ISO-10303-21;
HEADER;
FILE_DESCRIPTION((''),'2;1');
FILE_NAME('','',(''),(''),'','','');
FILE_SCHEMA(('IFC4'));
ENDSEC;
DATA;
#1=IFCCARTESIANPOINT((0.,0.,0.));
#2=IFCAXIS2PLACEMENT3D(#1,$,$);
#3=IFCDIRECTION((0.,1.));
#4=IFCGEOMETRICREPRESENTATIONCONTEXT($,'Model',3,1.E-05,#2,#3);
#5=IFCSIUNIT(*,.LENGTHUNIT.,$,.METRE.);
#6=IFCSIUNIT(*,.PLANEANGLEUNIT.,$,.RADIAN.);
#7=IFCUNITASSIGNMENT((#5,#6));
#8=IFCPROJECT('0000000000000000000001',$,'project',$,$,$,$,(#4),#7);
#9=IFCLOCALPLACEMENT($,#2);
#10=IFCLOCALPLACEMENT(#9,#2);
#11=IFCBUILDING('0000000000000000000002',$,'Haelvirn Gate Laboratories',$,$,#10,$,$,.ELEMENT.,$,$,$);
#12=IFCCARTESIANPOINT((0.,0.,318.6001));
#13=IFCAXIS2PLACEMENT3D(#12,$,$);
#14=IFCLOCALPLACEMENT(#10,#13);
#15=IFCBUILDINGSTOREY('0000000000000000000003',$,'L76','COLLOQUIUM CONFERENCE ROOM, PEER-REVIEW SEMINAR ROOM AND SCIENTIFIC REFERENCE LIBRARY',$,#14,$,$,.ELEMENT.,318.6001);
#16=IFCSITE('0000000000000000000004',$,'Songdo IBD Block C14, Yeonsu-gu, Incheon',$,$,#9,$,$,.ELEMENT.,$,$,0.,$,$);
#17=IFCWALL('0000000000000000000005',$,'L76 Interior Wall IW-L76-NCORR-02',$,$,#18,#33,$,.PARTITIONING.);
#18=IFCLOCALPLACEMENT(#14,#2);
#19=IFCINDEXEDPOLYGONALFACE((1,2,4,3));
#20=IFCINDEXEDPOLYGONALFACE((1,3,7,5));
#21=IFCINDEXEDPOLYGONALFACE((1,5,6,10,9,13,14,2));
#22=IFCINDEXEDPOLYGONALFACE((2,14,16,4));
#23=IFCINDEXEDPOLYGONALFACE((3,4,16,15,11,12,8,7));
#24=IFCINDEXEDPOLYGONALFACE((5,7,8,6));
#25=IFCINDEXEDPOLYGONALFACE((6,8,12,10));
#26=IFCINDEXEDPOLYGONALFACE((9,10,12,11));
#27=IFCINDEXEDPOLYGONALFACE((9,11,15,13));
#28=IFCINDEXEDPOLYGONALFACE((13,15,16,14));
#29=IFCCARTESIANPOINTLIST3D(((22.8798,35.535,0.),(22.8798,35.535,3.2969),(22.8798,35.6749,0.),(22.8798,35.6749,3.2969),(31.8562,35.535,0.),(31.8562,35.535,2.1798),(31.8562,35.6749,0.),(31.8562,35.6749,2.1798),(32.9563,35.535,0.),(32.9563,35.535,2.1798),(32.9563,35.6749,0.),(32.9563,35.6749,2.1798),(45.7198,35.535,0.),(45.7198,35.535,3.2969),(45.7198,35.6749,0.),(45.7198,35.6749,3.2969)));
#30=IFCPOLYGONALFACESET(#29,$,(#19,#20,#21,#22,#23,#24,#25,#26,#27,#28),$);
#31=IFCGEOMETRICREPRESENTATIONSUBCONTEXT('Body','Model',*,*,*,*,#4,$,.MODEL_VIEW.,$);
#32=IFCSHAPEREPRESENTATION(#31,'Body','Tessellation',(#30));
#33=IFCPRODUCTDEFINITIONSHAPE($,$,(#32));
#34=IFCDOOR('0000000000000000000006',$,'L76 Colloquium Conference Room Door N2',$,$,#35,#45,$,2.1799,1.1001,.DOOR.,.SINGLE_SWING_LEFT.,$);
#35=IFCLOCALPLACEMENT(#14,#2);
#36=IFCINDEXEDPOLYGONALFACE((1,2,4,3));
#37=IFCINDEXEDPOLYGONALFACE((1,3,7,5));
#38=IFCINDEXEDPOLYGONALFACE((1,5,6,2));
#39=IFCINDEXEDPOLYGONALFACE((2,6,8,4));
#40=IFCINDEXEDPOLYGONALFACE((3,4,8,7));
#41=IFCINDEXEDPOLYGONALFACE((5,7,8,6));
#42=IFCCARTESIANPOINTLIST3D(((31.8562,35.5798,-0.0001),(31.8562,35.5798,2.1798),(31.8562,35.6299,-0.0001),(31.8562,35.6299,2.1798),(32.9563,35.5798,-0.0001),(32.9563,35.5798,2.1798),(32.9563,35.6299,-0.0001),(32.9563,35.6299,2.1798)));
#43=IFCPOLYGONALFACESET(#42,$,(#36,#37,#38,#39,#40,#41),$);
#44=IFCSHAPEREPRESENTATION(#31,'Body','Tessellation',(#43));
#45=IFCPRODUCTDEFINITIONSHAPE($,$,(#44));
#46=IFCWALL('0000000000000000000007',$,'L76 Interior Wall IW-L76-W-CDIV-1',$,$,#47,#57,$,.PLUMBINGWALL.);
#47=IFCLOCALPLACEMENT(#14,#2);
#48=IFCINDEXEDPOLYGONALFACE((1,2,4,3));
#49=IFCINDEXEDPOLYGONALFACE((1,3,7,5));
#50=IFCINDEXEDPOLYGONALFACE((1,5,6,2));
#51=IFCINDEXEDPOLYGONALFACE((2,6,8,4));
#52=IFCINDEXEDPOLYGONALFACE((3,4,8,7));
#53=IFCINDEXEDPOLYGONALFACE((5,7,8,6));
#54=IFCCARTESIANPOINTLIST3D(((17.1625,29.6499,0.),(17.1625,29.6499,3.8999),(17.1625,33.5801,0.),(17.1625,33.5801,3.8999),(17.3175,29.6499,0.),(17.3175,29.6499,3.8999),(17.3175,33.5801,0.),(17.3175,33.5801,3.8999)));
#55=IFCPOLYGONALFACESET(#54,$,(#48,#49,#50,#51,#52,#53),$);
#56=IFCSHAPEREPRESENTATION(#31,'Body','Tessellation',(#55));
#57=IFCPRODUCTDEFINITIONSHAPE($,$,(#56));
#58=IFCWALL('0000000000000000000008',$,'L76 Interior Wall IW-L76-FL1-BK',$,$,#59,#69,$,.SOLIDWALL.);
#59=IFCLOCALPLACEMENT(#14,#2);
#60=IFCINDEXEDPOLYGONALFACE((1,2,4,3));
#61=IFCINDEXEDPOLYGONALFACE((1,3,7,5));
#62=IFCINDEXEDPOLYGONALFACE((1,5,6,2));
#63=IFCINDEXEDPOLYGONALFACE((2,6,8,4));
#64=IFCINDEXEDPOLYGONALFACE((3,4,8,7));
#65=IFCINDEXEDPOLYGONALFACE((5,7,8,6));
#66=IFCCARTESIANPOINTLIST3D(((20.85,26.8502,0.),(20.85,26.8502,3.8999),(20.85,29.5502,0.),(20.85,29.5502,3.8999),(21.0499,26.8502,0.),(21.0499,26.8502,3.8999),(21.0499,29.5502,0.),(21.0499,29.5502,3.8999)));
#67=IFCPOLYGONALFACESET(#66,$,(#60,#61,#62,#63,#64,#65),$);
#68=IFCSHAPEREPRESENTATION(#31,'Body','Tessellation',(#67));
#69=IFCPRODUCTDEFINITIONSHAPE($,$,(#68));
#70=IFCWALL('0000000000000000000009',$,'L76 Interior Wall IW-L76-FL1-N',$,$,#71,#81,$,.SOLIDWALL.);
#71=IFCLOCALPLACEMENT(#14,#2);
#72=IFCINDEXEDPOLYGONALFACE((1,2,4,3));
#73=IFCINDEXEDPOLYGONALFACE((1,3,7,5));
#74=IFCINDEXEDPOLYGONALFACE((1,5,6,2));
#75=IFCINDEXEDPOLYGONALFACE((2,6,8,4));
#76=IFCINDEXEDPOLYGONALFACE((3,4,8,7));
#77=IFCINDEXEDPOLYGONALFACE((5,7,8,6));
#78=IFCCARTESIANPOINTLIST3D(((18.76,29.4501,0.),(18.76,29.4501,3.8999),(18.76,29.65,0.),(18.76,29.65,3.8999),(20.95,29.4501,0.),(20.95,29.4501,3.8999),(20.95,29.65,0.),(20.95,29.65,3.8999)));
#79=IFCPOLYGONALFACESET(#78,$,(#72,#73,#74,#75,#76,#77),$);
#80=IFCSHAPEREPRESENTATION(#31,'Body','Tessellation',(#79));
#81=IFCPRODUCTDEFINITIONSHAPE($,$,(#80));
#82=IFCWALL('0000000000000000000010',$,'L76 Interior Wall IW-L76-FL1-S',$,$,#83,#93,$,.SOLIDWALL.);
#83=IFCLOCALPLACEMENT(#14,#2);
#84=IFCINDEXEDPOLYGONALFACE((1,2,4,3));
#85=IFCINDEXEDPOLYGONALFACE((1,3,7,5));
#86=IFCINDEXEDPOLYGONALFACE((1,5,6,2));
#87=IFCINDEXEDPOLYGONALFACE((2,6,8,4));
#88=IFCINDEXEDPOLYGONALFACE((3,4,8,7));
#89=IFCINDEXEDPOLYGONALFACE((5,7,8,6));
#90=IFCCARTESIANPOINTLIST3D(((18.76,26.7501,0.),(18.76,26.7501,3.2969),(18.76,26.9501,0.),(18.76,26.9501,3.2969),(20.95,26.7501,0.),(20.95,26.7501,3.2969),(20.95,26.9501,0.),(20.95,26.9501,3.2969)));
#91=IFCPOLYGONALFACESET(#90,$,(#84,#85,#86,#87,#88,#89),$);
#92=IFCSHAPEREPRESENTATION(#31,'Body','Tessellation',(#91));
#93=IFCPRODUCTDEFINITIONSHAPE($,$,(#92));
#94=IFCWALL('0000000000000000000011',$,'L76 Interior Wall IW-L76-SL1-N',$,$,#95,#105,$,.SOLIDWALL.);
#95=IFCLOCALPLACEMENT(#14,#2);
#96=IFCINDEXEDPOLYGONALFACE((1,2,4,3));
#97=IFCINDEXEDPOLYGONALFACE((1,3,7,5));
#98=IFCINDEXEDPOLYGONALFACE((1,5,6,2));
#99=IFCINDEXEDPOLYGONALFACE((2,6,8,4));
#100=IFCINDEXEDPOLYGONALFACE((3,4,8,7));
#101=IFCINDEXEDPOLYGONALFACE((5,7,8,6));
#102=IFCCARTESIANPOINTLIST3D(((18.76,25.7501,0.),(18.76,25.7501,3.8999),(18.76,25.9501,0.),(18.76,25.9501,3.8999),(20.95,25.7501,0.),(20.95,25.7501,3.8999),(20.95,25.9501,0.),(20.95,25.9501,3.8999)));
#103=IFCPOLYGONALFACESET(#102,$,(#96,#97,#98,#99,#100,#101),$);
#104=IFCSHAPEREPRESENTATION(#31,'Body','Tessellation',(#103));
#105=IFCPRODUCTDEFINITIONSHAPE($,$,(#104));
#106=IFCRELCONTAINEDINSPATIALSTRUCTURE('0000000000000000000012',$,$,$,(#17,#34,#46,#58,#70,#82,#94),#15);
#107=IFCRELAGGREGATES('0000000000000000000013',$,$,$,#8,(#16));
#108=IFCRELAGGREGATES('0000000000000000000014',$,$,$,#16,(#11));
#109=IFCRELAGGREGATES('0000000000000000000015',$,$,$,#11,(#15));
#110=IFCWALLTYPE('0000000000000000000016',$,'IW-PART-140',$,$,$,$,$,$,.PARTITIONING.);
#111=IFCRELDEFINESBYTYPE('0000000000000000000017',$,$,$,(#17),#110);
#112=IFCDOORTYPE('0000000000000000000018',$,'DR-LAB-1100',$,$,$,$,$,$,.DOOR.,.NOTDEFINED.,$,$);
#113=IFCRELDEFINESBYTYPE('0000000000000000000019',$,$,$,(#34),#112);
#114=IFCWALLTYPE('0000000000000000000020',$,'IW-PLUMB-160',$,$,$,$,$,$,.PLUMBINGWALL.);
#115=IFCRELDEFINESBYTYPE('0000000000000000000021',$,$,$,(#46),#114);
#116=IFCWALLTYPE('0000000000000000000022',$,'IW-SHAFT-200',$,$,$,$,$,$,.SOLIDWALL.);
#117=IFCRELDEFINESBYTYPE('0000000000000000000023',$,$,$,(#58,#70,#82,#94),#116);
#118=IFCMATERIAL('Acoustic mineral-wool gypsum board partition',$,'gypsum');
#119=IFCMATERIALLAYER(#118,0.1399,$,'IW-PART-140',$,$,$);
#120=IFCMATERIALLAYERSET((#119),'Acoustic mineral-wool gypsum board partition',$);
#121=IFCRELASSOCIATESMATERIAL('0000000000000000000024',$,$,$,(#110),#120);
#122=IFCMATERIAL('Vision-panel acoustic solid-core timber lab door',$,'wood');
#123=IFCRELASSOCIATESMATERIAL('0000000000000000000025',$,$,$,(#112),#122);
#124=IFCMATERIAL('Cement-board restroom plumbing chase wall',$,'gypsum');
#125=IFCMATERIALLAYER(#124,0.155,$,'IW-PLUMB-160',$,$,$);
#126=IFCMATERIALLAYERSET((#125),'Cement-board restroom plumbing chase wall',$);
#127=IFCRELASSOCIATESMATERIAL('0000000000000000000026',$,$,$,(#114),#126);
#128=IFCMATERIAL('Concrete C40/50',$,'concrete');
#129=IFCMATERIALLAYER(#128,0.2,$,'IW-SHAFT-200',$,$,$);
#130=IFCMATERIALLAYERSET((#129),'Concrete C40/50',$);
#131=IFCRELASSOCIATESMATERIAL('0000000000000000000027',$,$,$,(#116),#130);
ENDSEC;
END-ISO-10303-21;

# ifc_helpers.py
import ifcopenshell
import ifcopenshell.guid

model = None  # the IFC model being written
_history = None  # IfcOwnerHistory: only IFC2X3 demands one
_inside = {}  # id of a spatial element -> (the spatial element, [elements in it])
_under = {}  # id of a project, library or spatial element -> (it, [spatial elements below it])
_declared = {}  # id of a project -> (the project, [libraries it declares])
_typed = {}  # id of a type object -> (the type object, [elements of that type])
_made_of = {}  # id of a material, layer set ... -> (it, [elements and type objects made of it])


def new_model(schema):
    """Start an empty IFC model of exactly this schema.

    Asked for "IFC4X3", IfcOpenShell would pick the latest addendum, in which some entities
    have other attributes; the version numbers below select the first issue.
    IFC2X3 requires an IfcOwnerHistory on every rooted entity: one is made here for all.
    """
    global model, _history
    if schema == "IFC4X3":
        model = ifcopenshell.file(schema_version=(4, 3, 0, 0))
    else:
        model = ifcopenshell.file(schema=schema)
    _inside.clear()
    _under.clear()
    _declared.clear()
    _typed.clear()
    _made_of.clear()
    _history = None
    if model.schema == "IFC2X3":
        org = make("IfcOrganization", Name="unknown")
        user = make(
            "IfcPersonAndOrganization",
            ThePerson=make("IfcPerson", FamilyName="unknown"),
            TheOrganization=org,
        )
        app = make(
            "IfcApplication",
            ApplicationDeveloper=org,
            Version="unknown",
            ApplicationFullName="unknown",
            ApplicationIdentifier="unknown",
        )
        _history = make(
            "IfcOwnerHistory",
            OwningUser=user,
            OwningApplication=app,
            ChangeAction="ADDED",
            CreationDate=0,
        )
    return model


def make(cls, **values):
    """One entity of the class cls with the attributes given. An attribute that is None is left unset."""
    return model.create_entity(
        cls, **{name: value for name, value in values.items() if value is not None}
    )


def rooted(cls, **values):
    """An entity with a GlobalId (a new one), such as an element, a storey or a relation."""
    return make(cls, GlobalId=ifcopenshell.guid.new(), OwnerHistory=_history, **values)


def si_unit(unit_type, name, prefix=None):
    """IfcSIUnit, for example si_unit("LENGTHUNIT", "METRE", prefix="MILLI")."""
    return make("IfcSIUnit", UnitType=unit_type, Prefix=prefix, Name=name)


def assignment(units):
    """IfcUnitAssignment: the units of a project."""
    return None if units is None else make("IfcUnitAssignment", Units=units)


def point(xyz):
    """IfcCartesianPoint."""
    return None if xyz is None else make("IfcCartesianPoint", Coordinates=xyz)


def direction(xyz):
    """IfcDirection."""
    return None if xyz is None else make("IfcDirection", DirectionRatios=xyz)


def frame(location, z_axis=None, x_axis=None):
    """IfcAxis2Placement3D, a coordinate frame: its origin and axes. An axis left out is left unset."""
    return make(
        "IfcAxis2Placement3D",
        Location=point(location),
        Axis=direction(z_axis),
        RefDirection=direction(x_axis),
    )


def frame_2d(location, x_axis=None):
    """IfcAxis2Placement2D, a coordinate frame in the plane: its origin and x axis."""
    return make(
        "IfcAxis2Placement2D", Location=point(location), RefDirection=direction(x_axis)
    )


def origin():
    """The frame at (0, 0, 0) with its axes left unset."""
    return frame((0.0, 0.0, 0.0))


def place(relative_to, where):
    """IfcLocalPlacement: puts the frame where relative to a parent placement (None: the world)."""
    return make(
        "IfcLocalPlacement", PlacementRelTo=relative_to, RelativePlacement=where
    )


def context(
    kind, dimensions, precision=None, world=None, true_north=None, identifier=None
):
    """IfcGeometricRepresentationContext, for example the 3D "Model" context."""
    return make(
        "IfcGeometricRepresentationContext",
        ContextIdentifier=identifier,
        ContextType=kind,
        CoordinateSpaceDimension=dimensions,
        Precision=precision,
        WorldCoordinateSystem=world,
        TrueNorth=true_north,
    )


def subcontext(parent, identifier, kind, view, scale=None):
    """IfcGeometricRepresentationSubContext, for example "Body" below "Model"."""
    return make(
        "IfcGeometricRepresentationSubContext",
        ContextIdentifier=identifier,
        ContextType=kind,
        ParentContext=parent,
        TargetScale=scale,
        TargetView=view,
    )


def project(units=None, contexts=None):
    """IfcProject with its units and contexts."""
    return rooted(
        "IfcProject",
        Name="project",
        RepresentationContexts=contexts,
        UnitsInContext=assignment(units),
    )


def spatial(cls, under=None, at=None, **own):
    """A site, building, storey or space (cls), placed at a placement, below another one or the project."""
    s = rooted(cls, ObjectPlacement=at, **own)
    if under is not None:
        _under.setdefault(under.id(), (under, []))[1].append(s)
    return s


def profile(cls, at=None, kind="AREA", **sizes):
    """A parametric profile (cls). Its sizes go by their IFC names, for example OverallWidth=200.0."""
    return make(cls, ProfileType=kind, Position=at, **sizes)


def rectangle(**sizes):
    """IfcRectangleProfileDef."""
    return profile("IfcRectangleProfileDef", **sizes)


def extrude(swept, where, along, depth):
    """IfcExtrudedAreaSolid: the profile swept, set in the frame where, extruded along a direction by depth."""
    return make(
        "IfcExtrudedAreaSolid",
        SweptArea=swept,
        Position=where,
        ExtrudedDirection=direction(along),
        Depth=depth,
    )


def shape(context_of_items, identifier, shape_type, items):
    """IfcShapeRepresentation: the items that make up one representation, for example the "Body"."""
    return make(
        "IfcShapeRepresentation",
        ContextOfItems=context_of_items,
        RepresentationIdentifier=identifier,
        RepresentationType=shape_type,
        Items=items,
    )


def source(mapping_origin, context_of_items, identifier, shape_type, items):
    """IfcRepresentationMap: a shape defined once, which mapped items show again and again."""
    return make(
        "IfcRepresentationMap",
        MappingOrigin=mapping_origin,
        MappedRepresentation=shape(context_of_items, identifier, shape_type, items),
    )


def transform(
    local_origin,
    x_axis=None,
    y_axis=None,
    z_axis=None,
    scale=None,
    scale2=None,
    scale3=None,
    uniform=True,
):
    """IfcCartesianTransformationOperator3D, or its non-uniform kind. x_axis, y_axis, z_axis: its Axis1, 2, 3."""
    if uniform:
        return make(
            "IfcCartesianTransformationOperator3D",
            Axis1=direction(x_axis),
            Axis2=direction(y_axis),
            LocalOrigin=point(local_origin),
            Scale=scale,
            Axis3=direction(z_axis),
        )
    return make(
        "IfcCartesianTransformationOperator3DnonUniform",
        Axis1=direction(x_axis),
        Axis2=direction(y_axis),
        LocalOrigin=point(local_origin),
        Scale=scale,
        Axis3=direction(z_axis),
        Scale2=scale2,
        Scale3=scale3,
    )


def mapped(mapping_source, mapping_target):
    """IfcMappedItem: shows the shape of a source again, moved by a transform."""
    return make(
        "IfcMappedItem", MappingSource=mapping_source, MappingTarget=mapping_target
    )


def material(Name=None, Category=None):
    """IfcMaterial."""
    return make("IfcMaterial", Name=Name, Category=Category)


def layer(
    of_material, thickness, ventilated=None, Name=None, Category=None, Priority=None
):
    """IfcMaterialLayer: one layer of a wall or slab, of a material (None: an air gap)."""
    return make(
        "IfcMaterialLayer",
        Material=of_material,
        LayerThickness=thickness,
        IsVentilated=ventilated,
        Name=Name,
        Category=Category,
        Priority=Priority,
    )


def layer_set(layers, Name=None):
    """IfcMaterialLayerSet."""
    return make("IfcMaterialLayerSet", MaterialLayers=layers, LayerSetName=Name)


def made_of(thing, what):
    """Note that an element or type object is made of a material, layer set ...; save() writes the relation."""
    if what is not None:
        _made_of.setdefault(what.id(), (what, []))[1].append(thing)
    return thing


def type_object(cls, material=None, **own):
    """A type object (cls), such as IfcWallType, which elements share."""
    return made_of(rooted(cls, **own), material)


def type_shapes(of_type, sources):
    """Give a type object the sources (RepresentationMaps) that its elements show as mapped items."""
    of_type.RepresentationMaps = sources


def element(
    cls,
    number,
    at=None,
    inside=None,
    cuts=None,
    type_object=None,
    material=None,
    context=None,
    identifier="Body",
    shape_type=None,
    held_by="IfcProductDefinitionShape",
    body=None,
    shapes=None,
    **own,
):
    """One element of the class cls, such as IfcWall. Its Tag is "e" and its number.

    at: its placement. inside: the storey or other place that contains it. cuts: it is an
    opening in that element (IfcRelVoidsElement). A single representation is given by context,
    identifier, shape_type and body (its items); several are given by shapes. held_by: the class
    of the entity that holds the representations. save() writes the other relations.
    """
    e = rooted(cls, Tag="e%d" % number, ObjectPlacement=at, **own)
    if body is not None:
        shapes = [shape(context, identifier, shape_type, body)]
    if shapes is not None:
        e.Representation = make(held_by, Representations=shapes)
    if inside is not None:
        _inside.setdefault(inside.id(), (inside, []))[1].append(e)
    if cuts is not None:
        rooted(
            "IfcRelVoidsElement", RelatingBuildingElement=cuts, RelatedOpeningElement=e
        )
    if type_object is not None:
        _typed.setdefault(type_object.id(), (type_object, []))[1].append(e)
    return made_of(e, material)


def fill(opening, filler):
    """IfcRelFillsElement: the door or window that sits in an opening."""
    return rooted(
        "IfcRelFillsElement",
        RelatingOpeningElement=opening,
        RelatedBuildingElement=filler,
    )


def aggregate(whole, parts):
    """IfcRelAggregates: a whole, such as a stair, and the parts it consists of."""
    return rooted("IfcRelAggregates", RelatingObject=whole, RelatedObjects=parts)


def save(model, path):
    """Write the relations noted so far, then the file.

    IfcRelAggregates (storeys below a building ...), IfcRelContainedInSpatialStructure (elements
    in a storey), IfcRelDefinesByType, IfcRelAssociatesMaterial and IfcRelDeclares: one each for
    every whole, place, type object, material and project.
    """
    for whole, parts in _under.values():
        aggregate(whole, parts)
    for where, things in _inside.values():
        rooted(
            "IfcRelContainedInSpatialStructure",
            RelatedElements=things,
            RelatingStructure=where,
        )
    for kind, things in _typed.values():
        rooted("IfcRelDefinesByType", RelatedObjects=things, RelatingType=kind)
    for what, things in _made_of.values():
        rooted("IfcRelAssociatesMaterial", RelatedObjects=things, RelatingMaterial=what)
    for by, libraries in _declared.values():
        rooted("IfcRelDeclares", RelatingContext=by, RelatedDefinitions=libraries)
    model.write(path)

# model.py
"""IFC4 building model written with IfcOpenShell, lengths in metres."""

from ifc_helpers import new_model, si_unit, direction, frame, frame_2d, origin, place, context, subcontext, project, spatial, rectangle, extrude, source, transform, mapped, material, layer, layer_set, type_object, type_shapes, element, fill, save


model = new_model("IFC4")

# Units and contexts
model_context = context("Model", 3, precision=1e-05, world=origin(), true_north=direction((0.0, 1.0)))
body_context = subcontext(model_context, "Body", "Model", "MODEL_VIEW")
ifc_project = project(units=[si_unit("LENGTHUNIT", "METRE"), si_unit("PLANEANGLEUNIT", "RADIAN")], contexts=[model_context])

# Site, building, storey
site_placement = place(None, origin())
site = spatial("IfcSite", under=ifc_project, at=site_placement, Name="Songdo IBD Block C14, Yeonsu-gu, Incheon", CompositionType="ELEMENT", RefElevation=0.0)
building_placement = place(site_placement, origin())
building = spatial("IfcBuilding", under=site, at=building_placement, Name="Haelvirn Gate Laboratories", CompositionType="ELEMENT")
storey_placement = place(building_placement, frame((0.0, 0.0, 318.6001)))
storey = spatial("IfcBuildingStorey", under=building, at=storey_placement, Name="L76", Description="COLLOQUIUM CONFERENCE ROOM, PEER-REVIEW SEMINAR ROOM AND SCIENTIFIC REFERENCE LIBRARY", CompositionType="ELEMENT", Elevation=318.6001)

# Wall, opening, door
ifc_material_1 = material(Name="Acoustic mineral-wool gypsum board partition", Category="gypsum")
ifc_layer_1 = layer(ifc_material_1, 0.1399, Name="IW-PART-140")
ifc_layer_set_1 = layer_set([ifc_layer_1], Name="Acoustic mineral-wool gypsum board partition")
wall_type_1 = type_object("IfcWallType", Name="IW-PART-140", PredefinedType="PARTITIONING", material=ifc_layer_set_1)
wall_1_placement = place(storey_placement, frame((22.8799, 35.605, 0.0), z_axis=(0.0, 0.0, 1.0), x_axis=(1.0, 0.0, 0.0)))
wall_1 = element("IfcWall", 1, at=wall_1_placement, inside=storey, type_object=wall_type_1, Name="L76 Interior Wall IW-L76-NCORR-02", PredefinedType="PARTITIONING", context=body_context, shape_type="SweptSolid", body=[
    extrude(rectangle(XDim=22.8401, YDim=0.1399, at=frame_2d((11.4199, 0.0))), origin(), (0.0, 0.0, 1.0), 3.2969),
])
opening_1_placement = place(wall_1_placement, frame((8.9763, 0.0, 0.0)))
opening_1 = element("IfcOpeningElement", 2, at=opening_1_placement, cuts=wall_1, PredefinedType="OPENING", context=body_context, shape_type="SweptSolid", body=[
    extrude(rectangle(XDim=1.1001, YDim=2.1799, at=frame_2d((0.55, 1.0898))), frame((0.0, 0.0801, 0.0), z_axis=(0.0, -1.0, 0.0), x_axis=(1.0, 0.0, 0.0)), (0.0, 0.0, 1.0), 0.1599),
])
ifc_material_2 = material(Name="Vision-panel acoustic solid-core timber lab door", Category="wood")
door_type_1 = type_object("IfcDoorType", Name="DR-LAB-1100", OperationType="NOTDEFINED", PredefinedType="DOOR", material=ifc_material_2)
shared_shape_1 = source(origin(), body_context, "Body", "SweptSolid", [
    extrude(rectangle(XDim=1.1001, YDim=2.1799, at=frame_2d((0.55, 1.0898))), frame((0.0, 0.0249, 0.0), z_axis=(0.0, -1.0, 0.0), x_axis=(1.0, 0.0, 0.0)), (0.0, 0.0, 1.0), 0.05),
])
type_shapes(door_type_1, [shared_shape_1])
door_1_placement = place(opening_1_placement, origin())
door_1 = element("IfcDoor", 3, at=door_1_placement, inside=storey, type_object=door_type_1, Name="L76 Colloquium Conference Room Door N2", OperationType="SINGLE_SWING_LEFT", OverallHeight=2.1799, OverallWidth=1.1001, PredefinedType="DOOR", context=body_context, shape_type="MappedRepresentation", body=[
    mapped(shared_shape_1, transform((0.0, 0.0, 0.0), scale=1.0)),
])
fill(opening_1, door_1)

# Walls
ifc_material_3 = material(Name="Cement-board restroom plumbing chase wall", Category="gypsum")
ifc_layer_2 = layer(ifc_material_3, 0.155, Name="IW-PLUMB-160")
ifc_layer_set_2 = layer_set([ifc_layer_2], Name="Cement-board restroom plumbing chase wall")
wall_type_2 = type_object("IfcWallType", Name="IW-PLUMB-160", PredefinedType="PLUMBINGWALL", material=ifc_layer_set_2)
wall_2_placement = place(storey_placement, frame((17.24, 29.6499, 0.0), z_axis=(0.0, 0.0, 1.0), x_axis=(0.0, 1.0, 0.0)))
element("IfcWall", 4, at=wall_2_placement, inside=storey, type_object=wall_type_2, Name="L76 Interior Wall IW-L76-W-CDIV-1", PredefinedType="PLUMBINGWALL", context=body_context, shape_type="SweptSolid", body=[
    extrude(rectangle(XDim=3.9302, YDim=0.155, at=frame_2d((1.9651, 0.0))), origin(), (0.0, 0.0, 1.0), 3.8999),
])
ifc_material_4 = material(Name="Concrete C40/50", Category="concrete")
ifc_layer_3 = layer(ifc_material_4, 0.2, Name="IW-SHAFT-200")
ifc_layer_set_3 = layer_set([ifc_layer_3], Name="Concrete C40/50")
wall_type_3 = type_object("IfcWallType", Name="IW-SHAFT-200", PredefinedType="SOLIDWALL", material=ifc_layer_set_3)
wall_3_placement = place(storey_placement, frame((20.95, 26.8501, 0.0), z_axis=(0.0, 0.0, 1.0), x_axis=(0.0, 1.0, 0.0)))
element("IfcWall", 5, at=wall_3_placement, inside=storey, type_object=wall_type_3, Name="L76 Interior Wall IW-L76-FL1-BK", PredefinedType="SOLIDWALL", context=body_context, shape_type="SweptSolid", body=[
    extrude(rectangle(XDim=2.7, YDim=0.2, at=frame_2d((1.3501, 0.0))), origin(), (0.0, 0.0, 1.0), 3.8999),
])
wall_4_placement = place(storey_placement, frame((18.76, 29.55, 0.0), z_axis=(0.0, 0.0, 1.0), x_axis=(1.0, 0.0, 0.0)))
element("IfcWall", 6, at=wall_4_placement, inside=storey, type_object=wall_type_3, Name="L76 Interior Wall IW-L76-FL1-N", PredefinedType="SOLIDWALL", context=body_context, shape_type="SweptSolid", body=[
    extrude(rectangle(XDim=2.1899, YDim=0.2, at=frame_2d((1.095, 0.0))), origin(), (0.0, 0.0, 1.0), 3.8999),
])
wall_5_placement = place(storey_placement, frame((18.76, 26.8501, 0.0), z_axis=(0.0, 0.0, 1.0), x_axis=(1.0, 0.0, 0.0)))
element("IfcWall", 7, at=wall_5_placement, inside=storey, type_object=wall_type_3, Name="L76 Interior Wall IW-L76-FL1-S", PredefinedType="SOLIDWALL", context=body_context, shape_type="SweptSolid", body=[
    extrude(rectangle(XDim=2.1899, YDim=0.2, at=frame_2d((1.095, 0.0))), origin(), (0.0, 0.0, 1.0), 3.2969),
])
wall_6_placement = place(storey_placement, frame((18.76, 25.8501, 0.0), z_axis=(0.0, 0.0, 1.0), x_axis=(1.0, 0.0, 0.0)))
element("IfcWall", 8, at=wall_6_placement, inside=storey, type_object=wall_type_3, Name="L76 Interior Wall IW-L76-SL1-N", PredefinedType="SOLIDWALL", context=body_context, shape_type="SweptSolid", body=[
    extrude(rectangle(XDim=2.1899, YDim=0.2, at=frame_2d((1.095, 0.0))), origin(), (0.0, 0.0, 1.0), 3.8999),
])

save(model, "model.ifc")
